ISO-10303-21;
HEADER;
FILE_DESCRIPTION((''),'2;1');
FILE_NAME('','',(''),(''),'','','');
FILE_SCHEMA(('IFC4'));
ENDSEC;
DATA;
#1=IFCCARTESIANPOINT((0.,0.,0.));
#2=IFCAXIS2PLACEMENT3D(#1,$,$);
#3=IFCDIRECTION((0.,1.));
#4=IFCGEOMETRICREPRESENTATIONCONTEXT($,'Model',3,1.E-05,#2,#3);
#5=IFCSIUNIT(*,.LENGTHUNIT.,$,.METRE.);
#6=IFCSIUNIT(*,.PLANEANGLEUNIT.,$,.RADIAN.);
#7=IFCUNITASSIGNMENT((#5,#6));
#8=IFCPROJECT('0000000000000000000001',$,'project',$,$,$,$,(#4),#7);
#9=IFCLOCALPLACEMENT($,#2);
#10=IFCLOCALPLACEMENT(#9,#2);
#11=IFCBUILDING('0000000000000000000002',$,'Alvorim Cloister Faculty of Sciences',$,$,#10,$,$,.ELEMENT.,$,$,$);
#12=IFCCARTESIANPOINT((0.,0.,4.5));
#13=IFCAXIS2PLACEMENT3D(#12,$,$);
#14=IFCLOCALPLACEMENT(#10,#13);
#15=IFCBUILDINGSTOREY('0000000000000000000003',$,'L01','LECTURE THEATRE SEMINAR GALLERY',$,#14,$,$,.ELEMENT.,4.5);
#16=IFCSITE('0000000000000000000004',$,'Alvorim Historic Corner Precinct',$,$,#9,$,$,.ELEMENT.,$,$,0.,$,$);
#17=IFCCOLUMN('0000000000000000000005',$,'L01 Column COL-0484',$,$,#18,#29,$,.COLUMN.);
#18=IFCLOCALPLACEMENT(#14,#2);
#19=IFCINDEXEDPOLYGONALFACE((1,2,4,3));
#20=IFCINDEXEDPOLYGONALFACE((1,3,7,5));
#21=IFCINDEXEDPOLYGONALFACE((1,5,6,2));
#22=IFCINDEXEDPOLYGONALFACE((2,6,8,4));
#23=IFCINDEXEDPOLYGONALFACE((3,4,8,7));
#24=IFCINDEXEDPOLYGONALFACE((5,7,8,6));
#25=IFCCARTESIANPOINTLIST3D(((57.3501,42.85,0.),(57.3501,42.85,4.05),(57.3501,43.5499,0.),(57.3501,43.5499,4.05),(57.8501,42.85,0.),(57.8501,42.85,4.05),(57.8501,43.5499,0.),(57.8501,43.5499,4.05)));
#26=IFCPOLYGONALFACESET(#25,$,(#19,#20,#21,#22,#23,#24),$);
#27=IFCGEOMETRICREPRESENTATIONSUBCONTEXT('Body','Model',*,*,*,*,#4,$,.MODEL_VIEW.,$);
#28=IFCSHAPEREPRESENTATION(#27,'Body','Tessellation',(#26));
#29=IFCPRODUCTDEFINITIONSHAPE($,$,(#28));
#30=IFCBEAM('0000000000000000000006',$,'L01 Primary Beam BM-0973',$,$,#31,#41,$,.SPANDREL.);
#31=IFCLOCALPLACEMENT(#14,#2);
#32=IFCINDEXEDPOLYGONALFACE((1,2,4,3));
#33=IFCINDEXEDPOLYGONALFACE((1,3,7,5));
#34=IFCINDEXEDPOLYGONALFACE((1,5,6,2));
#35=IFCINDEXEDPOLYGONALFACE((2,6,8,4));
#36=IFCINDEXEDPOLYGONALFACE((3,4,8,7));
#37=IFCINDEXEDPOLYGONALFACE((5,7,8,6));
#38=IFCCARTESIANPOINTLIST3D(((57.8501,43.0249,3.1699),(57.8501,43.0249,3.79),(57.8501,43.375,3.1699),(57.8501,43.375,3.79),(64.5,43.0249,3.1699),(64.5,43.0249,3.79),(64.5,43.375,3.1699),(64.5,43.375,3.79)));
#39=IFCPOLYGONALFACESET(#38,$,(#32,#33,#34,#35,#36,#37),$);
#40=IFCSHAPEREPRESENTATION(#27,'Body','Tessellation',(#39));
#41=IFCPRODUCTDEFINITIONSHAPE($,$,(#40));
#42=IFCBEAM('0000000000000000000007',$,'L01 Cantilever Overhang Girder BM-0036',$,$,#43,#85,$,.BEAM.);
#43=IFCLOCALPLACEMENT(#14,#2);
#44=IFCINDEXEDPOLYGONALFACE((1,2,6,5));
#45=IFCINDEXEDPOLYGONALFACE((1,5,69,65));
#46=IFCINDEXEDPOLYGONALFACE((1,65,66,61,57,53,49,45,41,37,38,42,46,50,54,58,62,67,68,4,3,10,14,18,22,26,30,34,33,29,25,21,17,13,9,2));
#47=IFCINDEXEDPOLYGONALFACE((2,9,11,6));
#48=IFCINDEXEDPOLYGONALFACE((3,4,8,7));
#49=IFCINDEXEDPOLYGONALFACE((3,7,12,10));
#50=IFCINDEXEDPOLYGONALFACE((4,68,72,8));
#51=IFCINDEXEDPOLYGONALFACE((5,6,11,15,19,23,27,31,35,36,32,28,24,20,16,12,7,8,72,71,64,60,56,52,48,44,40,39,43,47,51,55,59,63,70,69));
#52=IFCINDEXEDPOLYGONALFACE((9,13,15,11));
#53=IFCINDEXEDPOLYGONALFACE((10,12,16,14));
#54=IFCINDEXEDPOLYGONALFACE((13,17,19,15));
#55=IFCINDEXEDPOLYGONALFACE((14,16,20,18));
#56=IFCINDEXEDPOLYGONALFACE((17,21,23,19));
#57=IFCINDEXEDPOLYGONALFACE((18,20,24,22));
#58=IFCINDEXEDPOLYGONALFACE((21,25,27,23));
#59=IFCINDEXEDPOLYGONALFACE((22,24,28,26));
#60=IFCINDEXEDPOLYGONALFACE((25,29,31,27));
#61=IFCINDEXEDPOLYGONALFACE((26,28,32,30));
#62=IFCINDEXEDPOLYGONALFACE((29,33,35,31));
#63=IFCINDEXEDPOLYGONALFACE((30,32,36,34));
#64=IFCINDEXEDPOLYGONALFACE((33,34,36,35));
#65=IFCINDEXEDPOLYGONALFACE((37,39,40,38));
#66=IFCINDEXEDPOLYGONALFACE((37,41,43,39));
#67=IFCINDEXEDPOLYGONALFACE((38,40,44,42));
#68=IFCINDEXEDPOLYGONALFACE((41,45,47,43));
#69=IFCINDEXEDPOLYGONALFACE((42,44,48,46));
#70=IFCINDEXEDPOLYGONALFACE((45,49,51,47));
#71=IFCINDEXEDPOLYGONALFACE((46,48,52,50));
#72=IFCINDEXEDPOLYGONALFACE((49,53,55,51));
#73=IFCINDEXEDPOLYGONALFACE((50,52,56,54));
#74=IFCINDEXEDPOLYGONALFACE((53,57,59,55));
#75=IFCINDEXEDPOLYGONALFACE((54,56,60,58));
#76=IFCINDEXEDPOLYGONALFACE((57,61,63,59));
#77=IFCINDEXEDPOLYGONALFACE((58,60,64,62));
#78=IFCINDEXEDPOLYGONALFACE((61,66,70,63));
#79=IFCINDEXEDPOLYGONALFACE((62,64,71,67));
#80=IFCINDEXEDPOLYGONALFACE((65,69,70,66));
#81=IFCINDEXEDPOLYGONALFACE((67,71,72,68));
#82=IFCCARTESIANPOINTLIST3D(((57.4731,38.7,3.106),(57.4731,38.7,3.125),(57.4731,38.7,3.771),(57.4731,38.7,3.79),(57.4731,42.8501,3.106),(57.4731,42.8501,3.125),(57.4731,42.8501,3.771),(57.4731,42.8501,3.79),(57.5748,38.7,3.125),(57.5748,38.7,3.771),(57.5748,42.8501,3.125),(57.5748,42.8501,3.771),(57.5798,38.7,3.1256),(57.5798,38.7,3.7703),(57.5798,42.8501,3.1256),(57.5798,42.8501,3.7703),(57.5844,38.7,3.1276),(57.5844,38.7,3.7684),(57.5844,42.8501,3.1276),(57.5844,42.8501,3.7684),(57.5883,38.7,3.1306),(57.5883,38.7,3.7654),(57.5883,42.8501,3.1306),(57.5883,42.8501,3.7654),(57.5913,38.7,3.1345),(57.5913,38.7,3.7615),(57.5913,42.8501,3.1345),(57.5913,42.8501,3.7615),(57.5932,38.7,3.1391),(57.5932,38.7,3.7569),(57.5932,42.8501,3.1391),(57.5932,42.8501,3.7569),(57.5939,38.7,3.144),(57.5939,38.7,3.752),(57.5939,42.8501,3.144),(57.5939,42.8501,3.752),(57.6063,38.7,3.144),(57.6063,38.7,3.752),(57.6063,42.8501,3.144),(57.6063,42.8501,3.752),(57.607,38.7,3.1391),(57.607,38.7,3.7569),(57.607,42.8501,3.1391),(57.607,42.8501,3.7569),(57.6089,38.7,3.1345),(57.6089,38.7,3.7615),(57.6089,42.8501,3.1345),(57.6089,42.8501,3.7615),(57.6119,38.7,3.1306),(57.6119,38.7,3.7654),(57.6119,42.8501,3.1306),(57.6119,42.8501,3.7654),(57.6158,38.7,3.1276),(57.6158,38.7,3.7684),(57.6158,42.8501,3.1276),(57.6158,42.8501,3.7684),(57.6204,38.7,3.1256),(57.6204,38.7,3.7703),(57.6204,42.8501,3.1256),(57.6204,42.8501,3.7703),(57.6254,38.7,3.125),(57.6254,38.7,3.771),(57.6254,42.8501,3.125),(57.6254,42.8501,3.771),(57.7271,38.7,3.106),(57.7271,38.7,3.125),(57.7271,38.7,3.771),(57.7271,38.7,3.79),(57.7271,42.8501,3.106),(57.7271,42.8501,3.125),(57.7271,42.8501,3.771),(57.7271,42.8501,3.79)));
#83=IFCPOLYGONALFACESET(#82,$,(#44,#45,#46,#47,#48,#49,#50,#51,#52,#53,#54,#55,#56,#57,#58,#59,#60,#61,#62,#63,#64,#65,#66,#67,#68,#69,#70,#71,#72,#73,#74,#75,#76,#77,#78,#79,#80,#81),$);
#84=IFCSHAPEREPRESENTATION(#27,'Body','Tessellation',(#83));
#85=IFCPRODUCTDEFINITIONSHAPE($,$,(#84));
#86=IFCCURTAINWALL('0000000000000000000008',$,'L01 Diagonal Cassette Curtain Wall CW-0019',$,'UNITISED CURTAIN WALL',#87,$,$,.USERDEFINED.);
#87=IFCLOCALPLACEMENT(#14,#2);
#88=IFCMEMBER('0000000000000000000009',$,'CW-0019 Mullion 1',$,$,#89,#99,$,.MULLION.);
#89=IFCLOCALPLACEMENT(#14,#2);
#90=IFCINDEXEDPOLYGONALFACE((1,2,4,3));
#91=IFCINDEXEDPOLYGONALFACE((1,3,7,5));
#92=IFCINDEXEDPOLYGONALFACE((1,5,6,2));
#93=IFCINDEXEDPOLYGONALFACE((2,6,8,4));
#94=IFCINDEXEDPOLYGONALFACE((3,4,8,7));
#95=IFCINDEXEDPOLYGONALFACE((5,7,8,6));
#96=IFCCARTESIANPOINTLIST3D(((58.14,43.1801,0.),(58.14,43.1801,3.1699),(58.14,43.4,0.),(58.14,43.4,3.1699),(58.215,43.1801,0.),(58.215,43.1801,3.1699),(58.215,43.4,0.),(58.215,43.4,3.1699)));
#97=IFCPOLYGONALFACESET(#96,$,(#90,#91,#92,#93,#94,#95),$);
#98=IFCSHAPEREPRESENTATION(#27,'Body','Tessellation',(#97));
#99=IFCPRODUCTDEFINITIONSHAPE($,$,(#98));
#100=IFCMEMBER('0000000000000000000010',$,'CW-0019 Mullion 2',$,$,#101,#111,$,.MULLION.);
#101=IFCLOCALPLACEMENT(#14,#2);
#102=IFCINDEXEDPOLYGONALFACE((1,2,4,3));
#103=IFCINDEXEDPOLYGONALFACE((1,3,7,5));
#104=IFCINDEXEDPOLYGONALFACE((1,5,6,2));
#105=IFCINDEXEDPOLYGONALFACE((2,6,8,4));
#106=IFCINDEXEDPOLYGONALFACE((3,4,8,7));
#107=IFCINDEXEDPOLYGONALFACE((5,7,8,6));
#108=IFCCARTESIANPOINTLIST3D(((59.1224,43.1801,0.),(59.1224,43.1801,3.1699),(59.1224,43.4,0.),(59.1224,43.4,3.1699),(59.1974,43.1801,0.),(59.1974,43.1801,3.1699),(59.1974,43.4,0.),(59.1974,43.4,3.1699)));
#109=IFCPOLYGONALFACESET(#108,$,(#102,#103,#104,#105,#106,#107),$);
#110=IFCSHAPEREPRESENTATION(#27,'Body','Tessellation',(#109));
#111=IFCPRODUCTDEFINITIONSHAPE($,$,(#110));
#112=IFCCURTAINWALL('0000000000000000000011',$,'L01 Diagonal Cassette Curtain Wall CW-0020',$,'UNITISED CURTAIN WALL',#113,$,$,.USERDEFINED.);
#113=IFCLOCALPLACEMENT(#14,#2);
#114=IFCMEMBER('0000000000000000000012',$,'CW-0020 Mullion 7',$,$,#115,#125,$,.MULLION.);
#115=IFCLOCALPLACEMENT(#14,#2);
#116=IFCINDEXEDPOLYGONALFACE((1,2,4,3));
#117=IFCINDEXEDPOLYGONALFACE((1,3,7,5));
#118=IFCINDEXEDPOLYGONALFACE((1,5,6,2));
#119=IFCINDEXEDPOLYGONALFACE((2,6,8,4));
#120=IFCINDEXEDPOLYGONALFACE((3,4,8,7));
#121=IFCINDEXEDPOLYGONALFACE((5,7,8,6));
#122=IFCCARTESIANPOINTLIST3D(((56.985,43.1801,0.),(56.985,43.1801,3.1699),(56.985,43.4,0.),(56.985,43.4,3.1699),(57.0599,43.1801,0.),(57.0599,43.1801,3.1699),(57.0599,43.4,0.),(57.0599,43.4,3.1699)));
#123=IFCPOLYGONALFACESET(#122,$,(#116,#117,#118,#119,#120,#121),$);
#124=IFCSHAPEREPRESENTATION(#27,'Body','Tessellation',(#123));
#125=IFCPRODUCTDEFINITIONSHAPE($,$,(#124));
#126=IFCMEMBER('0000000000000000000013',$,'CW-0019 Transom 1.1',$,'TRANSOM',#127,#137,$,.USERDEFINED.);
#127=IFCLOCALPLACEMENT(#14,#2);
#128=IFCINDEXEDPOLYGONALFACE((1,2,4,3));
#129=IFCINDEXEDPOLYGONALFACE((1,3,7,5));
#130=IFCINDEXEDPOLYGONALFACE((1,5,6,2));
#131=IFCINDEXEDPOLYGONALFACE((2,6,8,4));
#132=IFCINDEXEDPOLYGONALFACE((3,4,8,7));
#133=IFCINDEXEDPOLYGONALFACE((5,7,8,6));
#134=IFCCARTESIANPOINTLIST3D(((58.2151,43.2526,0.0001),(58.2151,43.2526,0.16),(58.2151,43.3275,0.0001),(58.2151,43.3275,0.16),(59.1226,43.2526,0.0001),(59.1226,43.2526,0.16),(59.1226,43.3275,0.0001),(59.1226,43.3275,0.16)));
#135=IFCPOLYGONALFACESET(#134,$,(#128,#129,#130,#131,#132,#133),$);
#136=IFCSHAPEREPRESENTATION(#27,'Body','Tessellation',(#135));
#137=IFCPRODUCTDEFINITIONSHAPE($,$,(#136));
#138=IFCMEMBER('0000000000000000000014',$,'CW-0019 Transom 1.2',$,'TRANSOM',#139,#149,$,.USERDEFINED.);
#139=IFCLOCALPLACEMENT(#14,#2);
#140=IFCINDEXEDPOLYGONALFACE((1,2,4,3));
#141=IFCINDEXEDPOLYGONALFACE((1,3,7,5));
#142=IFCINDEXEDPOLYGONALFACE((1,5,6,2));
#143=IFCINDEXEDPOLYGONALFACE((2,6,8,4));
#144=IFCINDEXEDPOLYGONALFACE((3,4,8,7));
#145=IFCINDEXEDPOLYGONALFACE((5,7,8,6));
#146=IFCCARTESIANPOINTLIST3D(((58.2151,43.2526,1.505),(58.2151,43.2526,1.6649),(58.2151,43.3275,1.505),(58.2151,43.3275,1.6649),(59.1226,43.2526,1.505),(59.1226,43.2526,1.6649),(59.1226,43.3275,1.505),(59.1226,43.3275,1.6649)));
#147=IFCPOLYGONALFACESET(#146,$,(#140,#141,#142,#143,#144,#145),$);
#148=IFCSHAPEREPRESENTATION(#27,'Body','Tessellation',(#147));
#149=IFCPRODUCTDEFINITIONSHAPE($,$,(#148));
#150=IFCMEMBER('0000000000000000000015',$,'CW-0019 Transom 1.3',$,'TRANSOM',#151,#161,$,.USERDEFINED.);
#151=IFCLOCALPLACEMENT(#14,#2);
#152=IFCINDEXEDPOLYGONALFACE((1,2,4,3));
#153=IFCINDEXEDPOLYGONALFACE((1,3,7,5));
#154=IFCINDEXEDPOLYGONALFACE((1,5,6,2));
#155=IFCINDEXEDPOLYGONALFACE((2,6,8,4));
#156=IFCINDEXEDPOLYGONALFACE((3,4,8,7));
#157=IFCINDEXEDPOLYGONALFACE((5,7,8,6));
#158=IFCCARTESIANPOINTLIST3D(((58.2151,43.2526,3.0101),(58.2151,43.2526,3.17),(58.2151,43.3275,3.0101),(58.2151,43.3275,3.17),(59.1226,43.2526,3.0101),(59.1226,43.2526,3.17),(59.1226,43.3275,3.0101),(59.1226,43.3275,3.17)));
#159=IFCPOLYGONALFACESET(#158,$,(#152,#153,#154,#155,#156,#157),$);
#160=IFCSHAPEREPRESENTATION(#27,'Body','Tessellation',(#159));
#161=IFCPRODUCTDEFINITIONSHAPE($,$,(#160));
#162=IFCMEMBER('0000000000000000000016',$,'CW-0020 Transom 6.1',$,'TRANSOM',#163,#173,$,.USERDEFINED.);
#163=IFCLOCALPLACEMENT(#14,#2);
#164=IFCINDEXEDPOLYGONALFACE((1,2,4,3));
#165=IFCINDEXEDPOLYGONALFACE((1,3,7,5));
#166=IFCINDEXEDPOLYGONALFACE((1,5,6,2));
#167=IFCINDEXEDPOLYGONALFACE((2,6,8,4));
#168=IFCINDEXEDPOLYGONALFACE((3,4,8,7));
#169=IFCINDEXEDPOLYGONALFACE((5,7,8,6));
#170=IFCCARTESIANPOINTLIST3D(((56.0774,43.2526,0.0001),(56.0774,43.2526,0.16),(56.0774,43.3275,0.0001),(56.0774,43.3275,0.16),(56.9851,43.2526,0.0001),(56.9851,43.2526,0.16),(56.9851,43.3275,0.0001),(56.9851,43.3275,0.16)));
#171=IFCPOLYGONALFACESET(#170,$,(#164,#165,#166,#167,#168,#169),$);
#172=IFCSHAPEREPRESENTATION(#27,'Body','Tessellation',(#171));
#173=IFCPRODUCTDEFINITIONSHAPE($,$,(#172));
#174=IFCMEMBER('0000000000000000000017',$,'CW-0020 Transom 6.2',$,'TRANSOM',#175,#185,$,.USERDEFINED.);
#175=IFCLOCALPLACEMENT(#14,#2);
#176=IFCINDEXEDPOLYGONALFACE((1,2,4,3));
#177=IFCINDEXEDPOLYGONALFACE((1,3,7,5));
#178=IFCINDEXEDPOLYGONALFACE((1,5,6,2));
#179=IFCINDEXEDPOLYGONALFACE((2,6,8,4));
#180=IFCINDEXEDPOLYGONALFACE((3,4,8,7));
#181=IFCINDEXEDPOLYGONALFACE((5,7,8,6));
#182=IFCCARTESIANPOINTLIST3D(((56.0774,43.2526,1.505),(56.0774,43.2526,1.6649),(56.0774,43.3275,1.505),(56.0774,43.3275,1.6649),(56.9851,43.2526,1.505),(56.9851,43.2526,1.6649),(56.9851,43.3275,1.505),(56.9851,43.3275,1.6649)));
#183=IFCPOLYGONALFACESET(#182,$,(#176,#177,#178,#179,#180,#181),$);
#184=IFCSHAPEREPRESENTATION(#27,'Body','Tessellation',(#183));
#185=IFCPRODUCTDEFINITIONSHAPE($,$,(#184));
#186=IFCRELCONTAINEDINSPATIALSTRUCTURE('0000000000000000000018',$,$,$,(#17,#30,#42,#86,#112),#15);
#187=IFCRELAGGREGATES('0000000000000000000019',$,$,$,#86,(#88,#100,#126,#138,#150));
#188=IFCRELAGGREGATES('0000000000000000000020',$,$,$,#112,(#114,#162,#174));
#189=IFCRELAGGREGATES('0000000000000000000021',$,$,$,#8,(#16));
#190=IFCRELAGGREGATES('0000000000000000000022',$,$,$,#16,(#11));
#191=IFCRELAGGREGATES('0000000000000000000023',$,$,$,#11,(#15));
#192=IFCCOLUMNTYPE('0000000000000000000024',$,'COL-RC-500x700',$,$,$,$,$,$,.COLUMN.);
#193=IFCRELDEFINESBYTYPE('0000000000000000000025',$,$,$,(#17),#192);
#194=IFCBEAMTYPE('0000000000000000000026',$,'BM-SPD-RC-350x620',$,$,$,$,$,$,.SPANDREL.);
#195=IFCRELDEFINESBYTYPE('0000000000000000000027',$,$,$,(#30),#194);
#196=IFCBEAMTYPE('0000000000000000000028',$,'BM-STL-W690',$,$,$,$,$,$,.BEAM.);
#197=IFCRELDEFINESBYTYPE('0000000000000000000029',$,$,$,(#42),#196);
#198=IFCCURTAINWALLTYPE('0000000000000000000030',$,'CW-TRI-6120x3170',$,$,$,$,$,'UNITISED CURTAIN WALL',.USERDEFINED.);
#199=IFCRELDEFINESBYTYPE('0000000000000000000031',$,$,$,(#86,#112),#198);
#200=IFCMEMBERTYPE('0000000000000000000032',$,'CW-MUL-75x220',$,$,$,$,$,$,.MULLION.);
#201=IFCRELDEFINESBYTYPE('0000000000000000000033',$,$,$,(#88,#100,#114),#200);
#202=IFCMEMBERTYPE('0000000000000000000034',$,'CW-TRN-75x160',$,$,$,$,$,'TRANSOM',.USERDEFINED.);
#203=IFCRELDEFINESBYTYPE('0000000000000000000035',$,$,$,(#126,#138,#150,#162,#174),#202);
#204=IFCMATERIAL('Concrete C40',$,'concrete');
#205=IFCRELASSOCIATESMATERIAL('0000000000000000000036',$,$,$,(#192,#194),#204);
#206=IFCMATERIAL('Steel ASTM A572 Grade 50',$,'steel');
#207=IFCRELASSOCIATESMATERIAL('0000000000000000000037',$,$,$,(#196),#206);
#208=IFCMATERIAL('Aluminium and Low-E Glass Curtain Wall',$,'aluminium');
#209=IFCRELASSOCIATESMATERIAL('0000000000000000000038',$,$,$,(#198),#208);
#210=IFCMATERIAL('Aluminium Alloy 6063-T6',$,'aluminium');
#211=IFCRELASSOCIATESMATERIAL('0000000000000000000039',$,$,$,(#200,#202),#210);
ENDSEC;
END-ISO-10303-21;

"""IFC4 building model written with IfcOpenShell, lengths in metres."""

from ifc_helpers import new_model, si_unit, direction, frame, origin, origin_2d, place, context, subcontext, project, spatial, rectangle, i_section, extrude, material, material_profile, profile_set, type_object, element, aggregate, save


model = new_model("IFC4")

# Units and contexts
model_context = context("Model", 3, precision=1e-05, world=origin(), true_north=direction((0.0, 1.0)))
body_context = subcontext(model_context, "Body", "Model", "MODEL_VIEW")
ifc_project = project(units=[si_unit("LENGTHUNIT", "METRE"), si_unit("PLANEANGLEUNIT", "RADIAN")], contexts=[model_context])

# Site, building, storey
site_placement = place(None, origin())
site = spatial("IfcSite", under=ifc_project, at=site_placement, Name="Alvorim Historic Corner Precinct", CompositionType="ELEMENT", RefElevation=0.0)
building_placement = place(site_placement, origin())
building = spatial("IfcBuilding", under=site, at=building_placement, Name="Alvorim Cloister Faculty of Sciences", CompositionType="ELEMENT")
storey_placement = place(building_placement, frame((0.0, 0.0, 4.5)))
storey = spatial("IfcBuildingStorey", under=building, at=storey_placement, Name="L01", Description="LECTURE THEATRE SEMINAR GALLERY", CompositionType="ELEMENT", Elevation=4.5)

# Column
ifc_material_1 = material(Name="Concrete C40", Category="concrete")
ifc_material_profile_1 = material_profile(ifc_material_1, rectangle(XDim=0.5, YDim=0.7, at=origin_2d()), Name="RC40-COL-500x700")
ifc_profile_set_1 = profile_set([ifc_material_profile_1], Name="Concrete C40")
column_type = type_object("IfcColumnType", Name="COL-RC-500x700", PredefinedType="COLUMN", material=ifc_profile_set_1)
column_placement = place(storey_placement, frame((57.6001, 43.2, 0.0), z_axis=(0.0, 0.0, 1.0), x_axis=(1.0, 0.0, 0.0)))
element("IfcColumn", 1, at=column_placement, inside=storey, type_object=column_type, Name="L01 Column COL-0484", PredefinedType="COLUMN", context=body_context, shape_type="SweptSolid", body=[
    extrude(rectangle(XDim=0.5, YDim=0.7, at=origin_2d()), origin(), (0.0, 0.0, 1.0), 4.05),
])

# Beams
ifc_material_profile_2 = material_profile(ifc_material_1, rectangle(XDim=0.3501, YDim=0.6201, at=origin_2d()), Name="RC40-SPD-350x620")
ifc_profile_set_2 = profile_set([ifc_material_profile_2], Name="Concrete C40")
beam_type_1 = type_object("IfcBeamType", Name="BM-SPD-RC-350x620", PredefinedType="SPANDREL", material=ifc_profile_set_2)
beam_1_placement = place(storey_placement, frame((57.8501, 43.2, 3.48), z_axis=(1.0, 0.0, 0.0), x_axis=(0.0, 1.0, 0.0)))
element("IfcBeam", 2, at=beam_1_placement, inside=storey, type_object=beam_type_1, Name="L01 Primary Beam BM-0973", PredefinedType="SPANDREL", context=body_context, shape_type="SweptSolid", body=[
    extrude(rectangle(XDim=0.3501, YDim=0.6201, at=origin_2d()), origin(), (0.0, 0.0, 1.0), 6.6499),
])
ifc_material_2 = material(Name="Steel ASTM A572 Grade 50", Category="steel")
ifc_material_profile_3 = material_profile(ifc_material_2, i_section(OverallWidth=0.2539, OverallDepth=0.6841, WebThickness=0.0125, FlangeThickness=0.019, FilletRadius=0.019, at=origin_2d()), Name="W690x140.0")
ifc_profile_set_3 = profile_set([ifc_material_profile_3], Name="Steel ASTM A572 Grade 50")
beam_type_2 = type_object("IfcBeamType", Name="BM-STL-W690", PredefinedType="BEAM", material=ifc_profile_set_3)
beam_2_placement = place(storey_placement, frame((57.6001, 38.7, 3.448), z_axis=(0.0, 1.0, 0.0), x_axis=(-1.0, 0.0, 0.0)))
element("IfcBeam", 3, at=beam_2_placement, inside=storey, type_object=beam_type_2, Name="L01 Cantilever Overhang Girder BM-0036", PredefinedType="BEAM", context=body_context, shape_type="SweptSolid", body=[
    extrude(i_section(OverallWidth=0.2539, OverallDepth=0.6841, WebThickness=0.0125, FlangeThickness=0.019, FilletRadius=0.019, at=origin_2d()), origin(), (0.0, 0.0, 1.0), 4.1501),
])

# Curtain wall, members
ifc_material_3 = material(Name="Aluminium and Low-E Glass Curtain Wall", Category="aluminium")
curtain_wall_type = type_object("IfcCurtainWallType", Name="CW-TRI-6120x3170", ElementType="UNITISED CURTAIN WALL", PredefinedType="USERDEFINED", material=ifc_material_3)
curtain_wall_1_placement = place(storey_placement, origin())
curtain_wall_1 = element("IfcCurtainWall", 4, at=curtain_wall_1_placement, inside=storey, type_object=curtain_wall_type, Name="L01 Diagonal Cassette Curtain Wall CW-0019", ObjectType="UNITISED CURTAIN WALL", PredefinedType="USERDEFINED")
ifc_material_4 = material(Name="Aluminium Alloy 6063-T6", Category="aluminium")
ifc_material_profile_4 = material_profile(ifc_material_4, rectangle(XDim=0.075, YDim=0.22, at=origin_2d()), Name="ALU-MUL-75x220")
ifc_profile_set_4 = profile_set([ifc_material_profile_4], Name="Aluminium Alloy 6063-T6")
member_type_1 = type_object("IfcMemberType", Name="CW-MUL-75x220", PredefinedType="MULLION", material=ifc_profile_set_4)
member_1_placement = place(storey_placement, frame((58.1775, 43.29, 0.0), z_axis=(0.0, 0.0, 1.0), x_axis=(1.0, 0.0, 0.0)))
member_1 = element("IfcMember", 5, at=member_1_placement, type_object=member_type_1, Name="CW-0019 Mullion 1", PredefinedType="MULLION", context=body_context, shape_type="SweptSolid", body=[
    extrude(rectangle(XDim=0.075, YDim=0.22, at=origin_2d()), origin(), (0.0, 0.0, 1.0), 3.1699),
])
member_2_placement = place(storey_placement, frame((59.1599, 43.29, 0.0), z_axis=(0.0, 0.0, 1.0), x_axis=(1.0, 0.0, 0.0)))
member_2 = element("IfcMember", 6, at=member_2_placement, type_object=member_type_1, Name="CW-0019 Mullion 2", PredefinedType="MULLION", context=body_context, shape_type="SweptSolid", body=[
    extrude(rectangle(XDim=0.075, YDim=0.22, at=origin_2d()), origin(), (0.0, 0.0, 1.0), 3.1699),
])

# Curtain wall, member
curtain_wall_2_placement = place(storey_placement, origin())
curtain_wall_2 = element("IfcCurtainWall", 7, at=curtain_wall_2_placement, inside=storey, type_object=curtain_wall_type, Name="L01 Diagonal Cassette Curtain Wall CW-0020", ObjectType="UNITISED CURTAIN WALL", PredefinedType="USERDEFINED")
member_3_placement = place(storey_placement, frame((57.0225, 43.29, 0.0), z_axis=(0.0, 0.0, 1.0), x_axis=(1.0, 0.0, 0.0)))
member_3 = element("IfcMember", 8, at=member_3_placement, type_object=member_type_1, Name="CW-0020 Mullion 7", PredefinedType="MULLION", context=body_context, shape_type="SweptSolid", body=[
    extrude(rectangle(XDim=0.075, YDim=0.22, at=origin_2d()), origin(), (0.0, 0.0, 1.0), 3.1699),
])

# Members
ifc_material_profile_5 = material_profile(ifc_material_4, rectangle(XDim=0.075, YDim=0.1599, at=origin_2d()), Name="ALU-TRN-75x160")
ifc_profile_set_5 = profile_set([ifc_material_profile_5], Name="Aluminium Alloy 6063-T6")
member_type_2 = type_object("IfcMemberType", Name="CW-TRN-75x160", ElementType="TRANSOM", PredefinedType="USERDEFINED", material=ifc_profile_set_5)
member_4_placement = place(storey_placement, frame((58.2151, 43.29, 0.0801), z_axis=(1.0, 0.0, 0.0), x_axis=(0.0, 1.0, 0.0)))
member_4 = element("IfcMember", 9, at=member_4_placement, type_object=member_type_2, Name="CW-0019 Transom 1.1", ObjectType="TRANSOM", PredefinedType="USERDEFINED", context=body_context, shape_type="SweptSolid", body=[
    extrude(rectangle(XDim=0.075, YDim=0.1599, at=origin_2d()), origin(), (0.0, 0.0, 1.0), 0.9075),
])
member_5_placement = place(storey_placement, frame((58.2151, 43.29, 1.585), z_axis=(1.0, 0.0, 0.0), x_axis=(0.0, 1.0, 0.0)))
member_5 = element("IfcMember", 10, at=member_5_placement, type_object=member_type_2, Name="CW-0019 Transom 1.2", ObjectType="TRANSOM", PredefinedType="USERDEFINED", context=body_context, shape_type="SweptSolid", body=[
    extrude(rectangle(XDim=0.075, YDim=0.1599, at=origin_2d()), origin(), (0.0, 0.0, 1.0), 0.9075),
])
member_6_placement = place(storey_placement, frame((58.2151, 43.29, 3.0901), z_axis=(1.0, 0.0, 0.0), x_axis=(0.0, 1.0, 0.0)))
member_6 = element("IfcMember", 11, at=member_6_placement, type_object=member_type_2, Name="CW-0019 Transom 1.3", ObjectType="TRANSOM", PredefinedType="USERDEFINED", context=body_context, shape_type="SweptSolid", body=[
    extrude(rectangle(XDim=0.075, YDim=0.1599, at=origin_2d()), origin(), (0.0, 0.0, 1.0), 0.9075),
])
member_7_placement = place(storey_placement, frame((56.0774, 43.29, 0.0801), z_axis=(1.0, 0.0, 0.0), x_axis=(0.0, 1.0, 0.0)))
member_7 = element("IfcMember", 12, at=member_7_placement, type_object=member_type_2, Name="CW-0020 Transom 6.1", ObjectType="TRANSOM", PredefinedType="USERDEFINED", context=body_context, shape_type="SweptSolid", body=[
    extrude(rectangle(XDim=0.075, YDim=0.1599, at=origin_2d()), origin(), (0.0, 0.0, 1.0), 0.9077),
])
member_8_placement = place(storey_placement, frame((56.0774, 43.29, 1.585), z_axis=(1.0, 0.0, 0.0), x_axis=(0.0, 1.0, 0.0)))
member_8 = element("IfcMember", 13, at=member_8_placement, type_object=member_type_2, Name="CW-0020 Transom 6.2", ObjectType="TRANSOM", PredefinedType="USERDEFINED", context=body_context, shape_type="SweptSolid", body=[
    extrude(rectangle(XDim=0.075, YDim=0.1599, at=origin_2d()), origin(), (0.0, 0.0, 1.0), 0.9077),
])

aggregate(curtain_wall_1, [member_1, member_2, member_4, member_5, member_6])
aggregate(curtain_wall_2, [member_3, member_7, member_8])

save(model, "model.ifc")
